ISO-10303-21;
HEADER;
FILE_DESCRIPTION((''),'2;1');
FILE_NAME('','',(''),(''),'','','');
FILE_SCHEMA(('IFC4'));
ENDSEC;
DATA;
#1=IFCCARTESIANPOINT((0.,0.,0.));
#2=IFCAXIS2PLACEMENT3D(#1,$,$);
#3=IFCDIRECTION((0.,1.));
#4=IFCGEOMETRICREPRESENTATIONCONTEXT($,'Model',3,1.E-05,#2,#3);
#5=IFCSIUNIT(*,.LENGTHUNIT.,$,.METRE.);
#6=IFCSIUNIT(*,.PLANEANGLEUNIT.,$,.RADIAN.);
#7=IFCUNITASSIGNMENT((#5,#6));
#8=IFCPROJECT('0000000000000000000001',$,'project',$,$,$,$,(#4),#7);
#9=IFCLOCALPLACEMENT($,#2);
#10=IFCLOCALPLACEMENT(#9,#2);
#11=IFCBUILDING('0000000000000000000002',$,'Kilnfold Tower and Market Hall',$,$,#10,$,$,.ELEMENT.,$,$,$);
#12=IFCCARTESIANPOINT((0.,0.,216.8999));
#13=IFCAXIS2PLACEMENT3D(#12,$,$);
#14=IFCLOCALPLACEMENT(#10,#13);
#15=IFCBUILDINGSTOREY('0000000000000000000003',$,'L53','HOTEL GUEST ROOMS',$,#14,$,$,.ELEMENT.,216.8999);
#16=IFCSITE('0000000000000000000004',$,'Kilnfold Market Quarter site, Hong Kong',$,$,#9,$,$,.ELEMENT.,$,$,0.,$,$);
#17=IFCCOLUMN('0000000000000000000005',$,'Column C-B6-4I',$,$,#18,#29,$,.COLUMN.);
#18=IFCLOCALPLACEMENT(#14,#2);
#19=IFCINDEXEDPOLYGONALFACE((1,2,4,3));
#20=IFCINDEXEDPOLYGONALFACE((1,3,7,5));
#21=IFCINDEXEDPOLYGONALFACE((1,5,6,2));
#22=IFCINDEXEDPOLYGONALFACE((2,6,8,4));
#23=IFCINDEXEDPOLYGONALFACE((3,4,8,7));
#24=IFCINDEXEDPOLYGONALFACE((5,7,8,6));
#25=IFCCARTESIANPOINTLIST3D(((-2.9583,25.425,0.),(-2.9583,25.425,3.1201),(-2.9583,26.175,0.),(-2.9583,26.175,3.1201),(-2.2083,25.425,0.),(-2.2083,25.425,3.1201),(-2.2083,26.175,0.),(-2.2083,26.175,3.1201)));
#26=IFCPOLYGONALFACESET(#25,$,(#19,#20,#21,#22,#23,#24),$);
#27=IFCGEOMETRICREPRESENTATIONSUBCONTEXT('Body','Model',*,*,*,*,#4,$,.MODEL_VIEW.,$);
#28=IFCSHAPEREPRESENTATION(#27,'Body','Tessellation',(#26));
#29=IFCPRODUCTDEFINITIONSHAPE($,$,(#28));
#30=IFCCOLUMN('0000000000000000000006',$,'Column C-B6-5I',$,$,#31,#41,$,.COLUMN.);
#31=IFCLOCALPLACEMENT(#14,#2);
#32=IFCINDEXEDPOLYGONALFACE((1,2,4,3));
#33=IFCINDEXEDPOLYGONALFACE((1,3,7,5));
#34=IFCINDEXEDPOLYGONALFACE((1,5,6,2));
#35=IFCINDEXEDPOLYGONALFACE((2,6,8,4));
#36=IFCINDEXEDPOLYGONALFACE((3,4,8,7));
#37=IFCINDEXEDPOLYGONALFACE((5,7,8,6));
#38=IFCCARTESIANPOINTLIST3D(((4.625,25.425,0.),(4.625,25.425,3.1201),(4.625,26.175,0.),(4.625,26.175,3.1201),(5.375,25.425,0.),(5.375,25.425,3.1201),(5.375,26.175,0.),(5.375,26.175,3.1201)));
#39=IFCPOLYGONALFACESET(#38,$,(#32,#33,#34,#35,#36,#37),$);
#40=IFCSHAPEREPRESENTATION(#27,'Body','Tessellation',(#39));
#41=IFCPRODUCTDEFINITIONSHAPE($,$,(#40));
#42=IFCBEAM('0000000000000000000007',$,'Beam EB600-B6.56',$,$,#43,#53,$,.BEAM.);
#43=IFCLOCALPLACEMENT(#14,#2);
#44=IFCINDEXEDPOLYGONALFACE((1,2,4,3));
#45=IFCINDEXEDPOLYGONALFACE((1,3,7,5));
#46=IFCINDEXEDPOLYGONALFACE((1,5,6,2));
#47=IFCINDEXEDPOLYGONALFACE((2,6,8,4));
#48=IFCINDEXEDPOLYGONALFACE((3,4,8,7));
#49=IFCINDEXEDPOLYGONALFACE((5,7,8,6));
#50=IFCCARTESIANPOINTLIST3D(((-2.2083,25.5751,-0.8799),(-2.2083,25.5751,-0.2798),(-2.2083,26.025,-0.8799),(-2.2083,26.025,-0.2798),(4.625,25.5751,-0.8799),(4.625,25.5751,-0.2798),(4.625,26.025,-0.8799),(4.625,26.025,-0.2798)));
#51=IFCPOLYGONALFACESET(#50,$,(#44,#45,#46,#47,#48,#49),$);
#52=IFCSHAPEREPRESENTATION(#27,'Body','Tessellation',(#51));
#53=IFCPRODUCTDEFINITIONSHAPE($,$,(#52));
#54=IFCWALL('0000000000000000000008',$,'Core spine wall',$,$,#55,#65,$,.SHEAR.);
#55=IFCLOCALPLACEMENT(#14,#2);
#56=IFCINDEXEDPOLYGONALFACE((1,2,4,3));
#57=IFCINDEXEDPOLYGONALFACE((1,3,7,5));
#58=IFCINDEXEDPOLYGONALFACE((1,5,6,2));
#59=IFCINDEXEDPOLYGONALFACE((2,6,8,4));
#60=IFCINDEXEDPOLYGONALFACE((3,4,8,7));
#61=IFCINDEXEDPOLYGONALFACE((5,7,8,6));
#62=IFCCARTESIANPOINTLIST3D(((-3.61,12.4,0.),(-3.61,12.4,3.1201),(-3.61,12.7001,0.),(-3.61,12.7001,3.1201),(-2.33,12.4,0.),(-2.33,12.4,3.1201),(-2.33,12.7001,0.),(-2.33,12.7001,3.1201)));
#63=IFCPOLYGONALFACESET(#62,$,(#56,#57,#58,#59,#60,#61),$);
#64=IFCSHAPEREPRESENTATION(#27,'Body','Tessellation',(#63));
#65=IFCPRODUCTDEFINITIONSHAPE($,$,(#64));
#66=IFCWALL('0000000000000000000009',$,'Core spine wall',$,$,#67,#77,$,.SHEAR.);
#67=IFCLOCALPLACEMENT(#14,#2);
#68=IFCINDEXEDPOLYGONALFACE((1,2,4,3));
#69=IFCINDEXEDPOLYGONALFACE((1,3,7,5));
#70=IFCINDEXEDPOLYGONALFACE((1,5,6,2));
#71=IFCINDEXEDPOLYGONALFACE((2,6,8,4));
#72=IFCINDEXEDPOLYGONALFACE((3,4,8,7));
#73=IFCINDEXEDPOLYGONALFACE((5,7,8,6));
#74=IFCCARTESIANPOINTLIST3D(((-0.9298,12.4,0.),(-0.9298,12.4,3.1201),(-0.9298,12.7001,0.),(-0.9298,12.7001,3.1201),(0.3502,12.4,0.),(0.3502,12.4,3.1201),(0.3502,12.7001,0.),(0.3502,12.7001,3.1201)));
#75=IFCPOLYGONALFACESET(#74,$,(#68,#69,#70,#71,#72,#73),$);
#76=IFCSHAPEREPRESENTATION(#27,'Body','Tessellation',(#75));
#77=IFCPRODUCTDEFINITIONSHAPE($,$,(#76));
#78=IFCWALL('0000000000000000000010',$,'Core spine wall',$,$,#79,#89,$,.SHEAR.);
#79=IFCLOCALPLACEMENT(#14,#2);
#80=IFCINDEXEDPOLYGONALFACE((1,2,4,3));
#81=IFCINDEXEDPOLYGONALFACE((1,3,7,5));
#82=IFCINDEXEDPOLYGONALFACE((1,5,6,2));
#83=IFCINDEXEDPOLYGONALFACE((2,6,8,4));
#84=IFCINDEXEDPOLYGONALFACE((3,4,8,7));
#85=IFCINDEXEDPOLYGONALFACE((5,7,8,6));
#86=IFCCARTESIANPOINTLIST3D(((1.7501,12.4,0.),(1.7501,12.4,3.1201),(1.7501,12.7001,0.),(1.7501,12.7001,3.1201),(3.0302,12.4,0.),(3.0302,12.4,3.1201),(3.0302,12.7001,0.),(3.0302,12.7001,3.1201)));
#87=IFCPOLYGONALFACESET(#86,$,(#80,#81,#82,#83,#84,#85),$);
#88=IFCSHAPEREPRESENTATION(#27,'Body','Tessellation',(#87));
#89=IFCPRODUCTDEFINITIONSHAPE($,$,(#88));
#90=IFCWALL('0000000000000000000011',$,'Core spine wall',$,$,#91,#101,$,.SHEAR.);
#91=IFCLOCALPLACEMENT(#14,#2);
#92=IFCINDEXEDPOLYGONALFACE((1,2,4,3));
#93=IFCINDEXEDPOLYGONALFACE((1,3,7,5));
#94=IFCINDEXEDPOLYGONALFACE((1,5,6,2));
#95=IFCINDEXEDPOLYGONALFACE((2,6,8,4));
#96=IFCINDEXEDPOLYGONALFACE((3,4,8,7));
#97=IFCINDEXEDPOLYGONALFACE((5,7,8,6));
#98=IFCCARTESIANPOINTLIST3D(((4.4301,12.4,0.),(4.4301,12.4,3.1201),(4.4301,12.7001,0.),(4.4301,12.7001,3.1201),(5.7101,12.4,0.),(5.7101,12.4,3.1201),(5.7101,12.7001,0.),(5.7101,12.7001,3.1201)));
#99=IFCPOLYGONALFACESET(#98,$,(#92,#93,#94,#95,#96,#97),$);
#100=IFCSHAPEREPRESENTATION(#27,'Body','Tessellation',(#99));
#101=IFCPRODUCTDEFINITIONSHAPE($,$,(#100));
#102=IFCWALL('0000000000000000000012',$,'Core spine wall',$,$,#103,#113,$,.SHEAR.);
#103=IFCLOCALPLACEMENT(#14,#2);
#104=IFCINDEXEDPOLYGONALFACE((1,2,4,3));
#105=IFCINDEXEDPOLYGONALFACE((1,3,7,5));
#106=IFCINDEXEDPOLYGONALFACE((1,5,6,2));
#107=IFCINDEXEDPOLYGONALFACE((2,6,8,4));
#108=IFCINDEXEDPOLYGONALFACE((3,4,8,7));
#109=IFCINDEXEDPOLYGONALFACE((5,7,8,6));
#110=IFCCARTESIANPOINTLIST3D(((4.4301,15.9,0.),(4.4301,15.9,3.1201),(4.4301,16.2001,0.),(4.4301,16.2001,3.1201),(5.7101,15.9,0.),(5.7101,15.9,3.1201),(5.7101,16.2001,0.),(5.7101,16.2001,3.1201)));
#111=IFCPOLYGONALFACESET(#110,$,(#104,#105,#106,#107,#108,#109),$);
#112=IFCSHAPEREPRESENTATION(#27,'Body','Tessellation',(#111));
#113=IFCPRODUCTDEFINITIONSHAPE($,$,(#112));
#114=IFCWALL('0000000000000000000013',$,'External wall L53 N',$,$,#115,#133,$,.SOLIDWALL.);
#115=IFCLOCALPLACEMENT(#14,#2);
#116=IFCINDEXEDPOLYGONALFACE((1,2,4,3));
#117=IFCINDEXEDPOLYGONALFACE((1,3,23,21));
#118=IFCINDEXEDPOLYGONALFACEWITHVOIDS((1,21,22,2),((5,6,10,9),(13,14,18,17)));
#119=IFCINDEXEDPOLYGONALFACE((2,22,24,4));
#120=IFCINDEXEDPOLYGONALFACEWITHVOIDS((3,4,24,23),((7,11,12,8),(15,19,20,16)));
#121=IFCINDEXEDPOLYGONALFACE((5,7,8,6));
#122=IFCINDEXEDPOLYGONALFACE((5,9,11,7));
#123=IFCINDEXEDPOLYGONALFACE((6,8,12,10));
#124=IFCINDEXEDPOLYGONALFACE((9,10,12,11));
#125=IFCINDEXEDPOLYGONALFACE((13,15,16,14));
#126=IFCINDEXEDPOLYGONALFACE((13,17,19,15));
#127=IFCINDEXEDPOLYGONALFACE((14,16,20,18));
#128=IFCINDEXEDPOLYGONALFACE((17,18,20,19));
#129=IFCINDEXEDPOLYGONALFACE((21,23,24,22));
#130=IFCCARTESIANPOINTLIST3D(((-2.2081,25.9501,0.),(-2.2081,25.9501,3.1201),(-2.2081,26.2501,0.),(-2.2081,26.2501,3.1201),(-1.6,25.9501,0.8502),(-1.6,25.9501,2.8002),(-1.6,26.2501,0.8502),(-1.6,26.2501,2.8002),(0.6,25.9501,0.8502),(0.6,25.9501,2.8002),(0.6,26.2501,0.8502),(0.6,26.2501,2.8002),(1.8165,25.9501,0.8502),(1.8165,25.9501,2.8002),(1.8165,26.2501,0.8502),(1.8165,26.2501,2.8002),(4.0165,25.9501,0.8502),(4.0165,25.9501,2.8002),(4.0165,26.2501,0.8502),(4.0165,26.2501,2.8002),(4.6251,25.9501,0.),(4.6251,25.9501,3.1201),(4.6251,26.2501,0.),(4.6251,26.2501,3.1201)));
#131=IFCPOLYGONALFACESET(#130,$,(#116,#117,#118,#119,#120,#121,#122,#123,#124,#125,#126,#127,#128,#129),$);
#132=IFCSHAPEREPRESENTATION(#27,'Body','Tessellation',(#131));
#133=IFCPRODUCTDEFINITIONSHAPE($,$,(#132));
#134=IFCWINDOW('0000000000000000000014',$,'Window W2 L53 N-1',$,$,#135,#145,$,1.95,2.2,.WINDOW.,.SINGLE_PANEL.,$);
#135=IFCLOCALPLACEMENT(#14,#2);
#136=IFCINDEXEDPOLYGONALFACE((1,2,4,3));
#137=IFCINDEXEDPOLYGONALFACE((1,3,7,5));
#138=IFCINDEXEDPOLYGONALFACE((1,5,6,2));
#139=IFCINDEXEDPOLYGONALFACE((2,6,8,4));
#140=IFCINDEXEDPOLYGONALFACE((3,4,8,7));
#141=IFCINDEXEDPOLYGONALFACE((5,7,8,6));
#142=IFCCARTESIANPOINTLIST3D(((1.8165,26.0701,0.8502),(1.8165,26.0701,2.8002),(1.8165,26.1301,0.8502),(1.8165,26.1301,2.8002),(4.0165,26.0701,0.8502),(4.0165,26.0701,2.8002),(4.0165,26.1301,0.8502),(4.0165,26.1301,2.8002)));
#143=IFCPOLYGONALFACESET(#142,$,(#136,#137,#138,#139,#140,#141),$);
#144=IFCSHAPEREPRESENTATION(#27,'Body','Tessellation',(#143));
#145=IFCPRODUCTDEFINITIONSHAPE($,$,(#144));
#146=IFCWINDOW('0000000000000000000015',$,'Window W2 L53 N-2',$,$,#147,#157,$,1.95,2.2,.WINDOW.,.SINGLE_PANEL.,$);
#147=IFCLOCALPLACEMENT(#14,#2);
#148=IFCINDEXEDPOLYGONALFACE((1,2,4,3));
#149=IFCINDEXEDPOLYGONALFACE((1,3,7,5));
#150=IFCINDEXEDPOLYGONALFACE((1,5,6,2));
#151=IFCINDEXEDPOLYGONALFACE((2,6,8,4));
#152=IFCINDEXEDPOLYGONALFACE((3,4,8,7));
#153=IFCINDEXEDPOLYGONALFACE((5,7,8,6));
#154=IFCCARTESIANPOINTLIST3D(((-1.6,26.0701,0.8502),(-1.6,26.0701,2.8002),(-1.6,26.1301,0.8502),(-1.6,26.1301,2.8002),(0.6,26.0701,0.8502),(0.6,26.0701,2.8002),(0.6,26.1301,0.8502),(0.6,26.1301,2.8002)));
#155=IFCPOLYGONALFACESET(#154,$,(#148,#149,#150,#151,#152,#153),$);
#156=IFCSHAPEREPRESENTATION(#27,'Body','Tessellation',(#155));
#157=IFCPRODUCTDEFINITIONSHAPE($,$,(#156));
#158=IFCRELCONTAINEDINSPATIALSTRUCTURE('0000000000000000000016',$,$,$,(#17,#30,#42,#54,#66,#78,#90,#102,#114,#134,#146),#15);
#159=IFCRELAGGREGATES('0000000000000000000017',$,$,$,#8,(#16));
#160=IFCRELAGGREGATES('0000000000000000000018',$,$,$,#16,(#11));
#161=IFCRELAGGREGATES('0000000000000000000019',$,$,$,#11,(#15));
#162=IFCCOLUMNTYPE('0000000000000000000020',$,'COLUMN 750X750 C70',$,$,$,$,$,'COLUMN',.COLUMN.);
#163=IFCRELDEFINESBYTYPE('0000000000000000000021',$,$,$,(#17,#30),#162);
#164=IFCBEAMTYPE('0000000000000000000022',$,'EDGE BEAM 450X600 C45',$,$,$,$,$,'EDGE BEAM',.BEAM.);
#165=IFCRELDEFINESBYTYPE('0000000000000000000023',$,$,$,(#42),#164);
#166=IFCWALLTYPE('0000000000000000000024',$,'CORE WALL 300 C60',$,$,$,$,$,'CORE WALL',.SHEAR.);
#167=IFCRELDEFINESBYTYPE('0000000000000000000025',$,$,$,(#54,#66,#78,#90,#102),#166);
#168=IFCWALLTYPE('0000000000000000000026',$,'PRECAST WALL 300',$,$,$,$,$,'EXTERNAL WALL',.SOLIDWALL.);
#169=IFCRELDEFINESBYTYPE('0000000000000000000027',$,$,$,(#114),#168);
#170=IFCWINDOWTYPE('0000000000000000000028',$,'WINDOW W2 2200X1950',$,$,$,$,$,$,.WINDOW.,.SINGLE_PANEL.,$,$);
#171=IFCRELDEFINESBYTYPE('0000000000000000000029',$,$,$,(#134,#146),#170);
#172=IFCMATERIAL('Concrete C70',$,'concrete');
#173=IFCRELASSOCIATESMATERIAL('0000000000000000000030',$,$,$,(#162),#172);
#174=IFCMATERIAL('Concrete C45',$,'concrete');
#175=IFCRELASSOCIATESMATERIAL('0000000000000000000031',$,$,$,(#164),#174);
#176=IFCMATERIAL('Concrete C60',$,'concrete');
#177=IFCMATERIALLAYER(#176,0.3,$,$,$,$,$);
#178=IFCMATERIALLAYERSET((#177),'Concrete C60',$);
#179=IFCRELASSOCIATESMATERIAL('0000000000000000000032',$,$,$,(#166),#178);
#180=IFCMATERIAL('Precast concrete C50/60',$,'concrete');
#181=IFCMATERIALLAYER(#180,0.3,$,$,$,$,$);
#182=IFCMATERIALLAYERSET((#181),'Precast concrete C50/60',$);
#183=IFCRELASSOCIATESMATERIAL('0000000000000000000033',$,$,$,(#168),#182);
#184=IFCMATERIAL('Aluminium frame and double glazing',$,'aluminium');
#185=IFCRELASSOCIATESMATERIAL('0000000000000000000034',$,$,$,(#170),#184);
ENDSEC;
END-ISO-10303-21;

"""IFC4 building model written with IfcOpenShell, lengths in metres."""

from ifc_helpers import new_model, si_unit, direction, frame, frame_2d, origin, origin_2d, place, context, subcontext, project, spatial, rectangle, extrude, source, transform, mapped, material, layer, layer_set, material_profile, profile_set, type_object, element, fill, save


model = new_model("IFC4")

# Units and contexts
model_context = context("Model", 3, precision=1e-05, world=origin(), true_north=direction((0.0, 1.0)))
body_context = subcontext(model_context, "Body", "Model", "MODEL_VIEW")
ifc_project = project(units=[si_unit("LENGTHUNIT", "METRE"), si_unit("PLANEANGLEUNIT", "RADIAN")], contexts=[model_context])

# Site, building, storey
site_placement = place(None, origin())
site = spatial("IfcSite", under=ifc_project, at=site_placement, Name="Kilnfold Market Quarter site, Hong Kong", CompositionType="ELEMENT", RefElevation=0.0)
building_placement = place(site_placement, origin())
building = spatial("IfcBuilding", under=site, at=building_placement, Name="Kilnfold Tower and Market Hall", CompositionType="ELEMENT")
storey_placement = place(building_placement, frame((0.0, 0.0, 216.8999)))
storey = spatial("IfcBuildingStorey", under=building, at=storey_placement, Name="L53", Description="HOTEL GUEST ROOMS", CompositionType="ELEMENT", Elevation=216.8999)

# Columns
ifc_material_1 = material(Name="Concrete C70", Category="concrete")
ifc_material_profile_1 = material_profile(ifc_material_1, rectangle(XDim=0.75, YDim=0.75, at=origin_2d()), Name="RC 750x750")
ifc_profile_set_1 = profile_set([ifc_material_profile_1], Name="Concrete C70")
column_type = type_object("IfcColumnType", Name="COLUMN 750X750 C70", ElementType="COLUMN", PredefinedType="COLUMN", material=ifc_profile_set_1)
shared_shape_1 = source(origin(), body_context, "Body", "SweptSolid", [
    extrude(rectangle(XDim=0.75, YDim=0.75, at=origin_2d()), origin(), (0.0, 0.0, 1.0), 3.1201),
])
for number, where, z_axis, x_axis, name in (
    (1, (-2.5833, 25.8, 0.0), (0.0, 0.0, 1.0), (1.0, 0.0, 0.0), "Column C-B6-4I"),
    (2, (5.0, 25.8, 0.0), (0.0, 0.0, 1.0), (1.0, 0.0, 0.0), "Column C-B6-5I"),
):
    element("IfcColumn", number, at=place(storey_placement, frame(where, z_axis=z_axis, x_axis=x_axis)), inside=storey, type_object=column_type, Name=name, PredefinedType="COLUMN", context=body_context, shape_type="MappedRepresentation", body=[
        mapped(shared_shape_1, transform((0.0, 0.0, 0.0))),
    ])

# Beam
ifc_material_2 = material(Name="Concrete C45", Category="concrete")
ifc_material_profile_2 = material_profile(ifc_material_2, rectangle(XDim=0.45, YDim=0.6001, at=origin_2d()), Name="RC 450x600")
ifc_profile_set_2 = profile_set([ifc_material_profile_2], Name="Concrete C45")
beam_type = type_object("IfcBeamType", Name="EDGE BEAM 450X600 C45", ElementType="EDGE BEAM", PredefinedType="BEAM", material=ifc_profile_set_2)
shared_shape_2 = source(origin(), body_context, "Body", "SweptSolid", [
    extrude(rectangle(XDim=0.45, YDim=0.6001, at=origin_2d()), origin(), (0.0, 0.0, 1.0), 6.8333),
])
beam_placement = place(storey_placement, frame((-2.2083, 25.8, -0.5798), z_axis=(1.0, 0.0, 0.0), x_axis=(0.0, 1.0, 0.0)))
element("IfcBeam", 3, at=beam_placement, inside=storey, type_object=beam_type, Name="Beam EB600-B6.56", PredefinedType="BEAM", context=body_context, shape_type="MappedRepresentation", body=[
    mapped(shared_shape_2, transform((0.0, 0.0, 0.0))),
])

# Walls
ifc_material_3 = material(Name="Concrete C60", Category="concrete")
ifc_layer_1 = layer(ifc_material_3, 0.3)
ifc_layer_set_1 = layer_set([ifc_layer_1], Name="Concrete C60")
wall_type_1 = type_object("IfcWallType", Name="CORE WALL 300 C60", ElementType="CORE WALL", PredefinedType="SHEAR", material=ifc_layer_set_1)
shared_shape_3 = source(origin(), body_context, "Body", "SweptSolid", [
    extrude(rectangle(XDim=1.28, YDim=0.3, at=frame_2d((0.6401, 0.0))), origin(), (0.0, 0.0, 1.0), 3.1201),
])
for number, where, z_axis, x_axis, name in (
    (4, (-3.6101, 12.55, 0.0), (0.0, 0.0, 1.0), (1.0, 0.0, 0.0), "Core spine wall"),
    (5, (-0.9299, 12.55, 0.0), (0.0, 0.0, 1.0), (1.0, 0.0, 0.0), "Core spine wall"),
    (6, (1.75, 12.55, 0.0), (0.0, 0.0, 1.0), (1.0, 0.0, 0.0), "Core spine wall"),
    (7, (4.4299, 12.55, 0.0), (0.0, 0.0, 1.0), (1.0, 0.0, 0.0), "Core spine wall"),
    (8, (4.4299, 16.05, 0.0), (0.0, 0.0, 1.0), (1.0, 0.0, 0.0), "Core spine wall"),
):
    element("IfcWall", number, at=place(storey_placement, frame(where, z_axis=z_axis, x_axis=x_axis)), inside=storey, type_object=wall_type_1, Name=name, PredefinedType="SHEAR", context=body_context, shape_type="MappedRepresentation", body=[
        mapped(shared_shape_3, transform((0.0, 0.0, 0.0))),
    ])

# Wall, openings, windows
ifc_material_4 = material(Name="Precast concrete C50/60", Category="concrete")
ifc_layer_2 = layer(ifc_material_4, 0.3)
ifc_layer_set_2 = layer_set([ifc_layer_2], Name="Precast concrete C50/60")
wall_type_2 = type_object("IfcWallType", Name="PRECAST WALL 300", ElementType="EXTERNAL WALL", PredefinedType="SOLIDWALL", material=ifc_layer_set_2)
shared_shape_4 = source(origin(), body_context, "Body", "SweptSolid", [
    extrude(rectangle(XDim=6.8333, YDim=0.3, at=frame_2d((3.4165, 0.0))), origin(), (0.0, 0.0, 1.0), 3.1201),
])
wall_1_placement = place(storey_placement, frame((4.625, 26.1001, 0.0), z_axis=(0.0, 0.0, 1.0), x_axis=(-1.0, 0.0, 0.0)))
wall_1 = element("IfcWall", 9, at=wall_1_placement, inside=storey, type_object=wall_type_2, Name="External wall L53 N", PredefinedType="SOLIDWALL", context=body_context, shape_type="MappedRepresentation", body=[
    mapped(shared_shape_4, transform((0.0, 0.0, 0.0))),
])
opening_1_placement = place(wall_1_placement, frame((0.6084, 0.0, 0.8501)))
opening_1 = element("IfcOpeningElement", 10, at=opening_1_placement, cuts=wall_1, PredefinedType="OPENING", context=body_context, shape_type="SweptSolid", body=[
    extrude(rectangle(XDim=2.2, YDim=1.95, at=frame_2d((1.1001, 0.9751))), frame((0.0, 0.1602, 0.0), z_axis=(0.0, -1.0, 0.0), x_axis=(1.0, 0.0, 0.0)), (0.0, 0.0, 1.0), 0.3201),
])
opening_2_placement = place(wall_1_placement, frame((4.0249, 0.0, 0.8501)))
opening_2 = element("IfcOpeningElement", 11, at=opening_2_placement, cuts=wall_1, PredefinedType="OPENING", context=body_context, shape_type="SweptSolid", body=[
    extrude(rectangle(XDim=2.2, YDim=1.95, at=frame_2d((1.1001, 0.9751))), frame((0.0, 0.1602, 0.0), z_axis=(0.0, -1.0, 0.0), x_axis=(1.0, 0.0, 0.0)), (0.0, 0.0, 1.0), 0.3201),
])
ifc_material_5 = material(Name="Aluminium frame and double glazing", Category="aluminium")
window_type = type_object("IfcWindowType", Name="WINDOW W2 2200X1950", PartitioningType="SINGLE_PANEL", PredefinedType="WINDOW", material=ifc_material_5)
window_1_placement = place(opening_1_placement, origin())
window_1 = element("IfcWindow", 12, at=window_1_placement, inside=storey, type_object=window_type, Name="Window W2 L53 N-1", OverallHeight=1.95, OverallWidth=2.2, PartitioningType="SINGLE_PANEL", PredefinedType="WINDOW", context=body_context, shape_type="SweptSolid", body=[
    extrude(rectangle(XDim=2.2, YDim=1.95, at=frame_2d((1.1001, 0.9751))), frame((0.0, 0.03, 0.0), z_axis=(0.0, -1.0, 0.0), x_axis=(1.0, 0.0, 0.0)), (0.0, 0.0, 1.0), 0.0601),
])
fill(opening_1, window_1)
window_2_placement = place(opening_2_placement, origin())
window_2 = element("IfcWindow", 13, at=window_2_placement, inside=storey, type_object=window_type, Name="Window W2 L53 N-2", OverallHeight=1.95, OverallWidth=2.2, PartitioningType="SINGLE_PANEL", PredefinedType="WINDOW", context=body_context, shape_type="SweptSolid", body=[
    extrude(rectangle(XDim=2.2, YDim=1.95, at=frame_2d((1.1001, 0.9751))), frame((0.0, 0.03, 0.0), z_axis=(0.0, -1.0, 0.0), x_axis=(1.0, 0.0, 0.0)), (0.0, 0.0, 1.0), 0.0601),
])
fill(opening_2, window_2)

save(model, "model.ifc")
